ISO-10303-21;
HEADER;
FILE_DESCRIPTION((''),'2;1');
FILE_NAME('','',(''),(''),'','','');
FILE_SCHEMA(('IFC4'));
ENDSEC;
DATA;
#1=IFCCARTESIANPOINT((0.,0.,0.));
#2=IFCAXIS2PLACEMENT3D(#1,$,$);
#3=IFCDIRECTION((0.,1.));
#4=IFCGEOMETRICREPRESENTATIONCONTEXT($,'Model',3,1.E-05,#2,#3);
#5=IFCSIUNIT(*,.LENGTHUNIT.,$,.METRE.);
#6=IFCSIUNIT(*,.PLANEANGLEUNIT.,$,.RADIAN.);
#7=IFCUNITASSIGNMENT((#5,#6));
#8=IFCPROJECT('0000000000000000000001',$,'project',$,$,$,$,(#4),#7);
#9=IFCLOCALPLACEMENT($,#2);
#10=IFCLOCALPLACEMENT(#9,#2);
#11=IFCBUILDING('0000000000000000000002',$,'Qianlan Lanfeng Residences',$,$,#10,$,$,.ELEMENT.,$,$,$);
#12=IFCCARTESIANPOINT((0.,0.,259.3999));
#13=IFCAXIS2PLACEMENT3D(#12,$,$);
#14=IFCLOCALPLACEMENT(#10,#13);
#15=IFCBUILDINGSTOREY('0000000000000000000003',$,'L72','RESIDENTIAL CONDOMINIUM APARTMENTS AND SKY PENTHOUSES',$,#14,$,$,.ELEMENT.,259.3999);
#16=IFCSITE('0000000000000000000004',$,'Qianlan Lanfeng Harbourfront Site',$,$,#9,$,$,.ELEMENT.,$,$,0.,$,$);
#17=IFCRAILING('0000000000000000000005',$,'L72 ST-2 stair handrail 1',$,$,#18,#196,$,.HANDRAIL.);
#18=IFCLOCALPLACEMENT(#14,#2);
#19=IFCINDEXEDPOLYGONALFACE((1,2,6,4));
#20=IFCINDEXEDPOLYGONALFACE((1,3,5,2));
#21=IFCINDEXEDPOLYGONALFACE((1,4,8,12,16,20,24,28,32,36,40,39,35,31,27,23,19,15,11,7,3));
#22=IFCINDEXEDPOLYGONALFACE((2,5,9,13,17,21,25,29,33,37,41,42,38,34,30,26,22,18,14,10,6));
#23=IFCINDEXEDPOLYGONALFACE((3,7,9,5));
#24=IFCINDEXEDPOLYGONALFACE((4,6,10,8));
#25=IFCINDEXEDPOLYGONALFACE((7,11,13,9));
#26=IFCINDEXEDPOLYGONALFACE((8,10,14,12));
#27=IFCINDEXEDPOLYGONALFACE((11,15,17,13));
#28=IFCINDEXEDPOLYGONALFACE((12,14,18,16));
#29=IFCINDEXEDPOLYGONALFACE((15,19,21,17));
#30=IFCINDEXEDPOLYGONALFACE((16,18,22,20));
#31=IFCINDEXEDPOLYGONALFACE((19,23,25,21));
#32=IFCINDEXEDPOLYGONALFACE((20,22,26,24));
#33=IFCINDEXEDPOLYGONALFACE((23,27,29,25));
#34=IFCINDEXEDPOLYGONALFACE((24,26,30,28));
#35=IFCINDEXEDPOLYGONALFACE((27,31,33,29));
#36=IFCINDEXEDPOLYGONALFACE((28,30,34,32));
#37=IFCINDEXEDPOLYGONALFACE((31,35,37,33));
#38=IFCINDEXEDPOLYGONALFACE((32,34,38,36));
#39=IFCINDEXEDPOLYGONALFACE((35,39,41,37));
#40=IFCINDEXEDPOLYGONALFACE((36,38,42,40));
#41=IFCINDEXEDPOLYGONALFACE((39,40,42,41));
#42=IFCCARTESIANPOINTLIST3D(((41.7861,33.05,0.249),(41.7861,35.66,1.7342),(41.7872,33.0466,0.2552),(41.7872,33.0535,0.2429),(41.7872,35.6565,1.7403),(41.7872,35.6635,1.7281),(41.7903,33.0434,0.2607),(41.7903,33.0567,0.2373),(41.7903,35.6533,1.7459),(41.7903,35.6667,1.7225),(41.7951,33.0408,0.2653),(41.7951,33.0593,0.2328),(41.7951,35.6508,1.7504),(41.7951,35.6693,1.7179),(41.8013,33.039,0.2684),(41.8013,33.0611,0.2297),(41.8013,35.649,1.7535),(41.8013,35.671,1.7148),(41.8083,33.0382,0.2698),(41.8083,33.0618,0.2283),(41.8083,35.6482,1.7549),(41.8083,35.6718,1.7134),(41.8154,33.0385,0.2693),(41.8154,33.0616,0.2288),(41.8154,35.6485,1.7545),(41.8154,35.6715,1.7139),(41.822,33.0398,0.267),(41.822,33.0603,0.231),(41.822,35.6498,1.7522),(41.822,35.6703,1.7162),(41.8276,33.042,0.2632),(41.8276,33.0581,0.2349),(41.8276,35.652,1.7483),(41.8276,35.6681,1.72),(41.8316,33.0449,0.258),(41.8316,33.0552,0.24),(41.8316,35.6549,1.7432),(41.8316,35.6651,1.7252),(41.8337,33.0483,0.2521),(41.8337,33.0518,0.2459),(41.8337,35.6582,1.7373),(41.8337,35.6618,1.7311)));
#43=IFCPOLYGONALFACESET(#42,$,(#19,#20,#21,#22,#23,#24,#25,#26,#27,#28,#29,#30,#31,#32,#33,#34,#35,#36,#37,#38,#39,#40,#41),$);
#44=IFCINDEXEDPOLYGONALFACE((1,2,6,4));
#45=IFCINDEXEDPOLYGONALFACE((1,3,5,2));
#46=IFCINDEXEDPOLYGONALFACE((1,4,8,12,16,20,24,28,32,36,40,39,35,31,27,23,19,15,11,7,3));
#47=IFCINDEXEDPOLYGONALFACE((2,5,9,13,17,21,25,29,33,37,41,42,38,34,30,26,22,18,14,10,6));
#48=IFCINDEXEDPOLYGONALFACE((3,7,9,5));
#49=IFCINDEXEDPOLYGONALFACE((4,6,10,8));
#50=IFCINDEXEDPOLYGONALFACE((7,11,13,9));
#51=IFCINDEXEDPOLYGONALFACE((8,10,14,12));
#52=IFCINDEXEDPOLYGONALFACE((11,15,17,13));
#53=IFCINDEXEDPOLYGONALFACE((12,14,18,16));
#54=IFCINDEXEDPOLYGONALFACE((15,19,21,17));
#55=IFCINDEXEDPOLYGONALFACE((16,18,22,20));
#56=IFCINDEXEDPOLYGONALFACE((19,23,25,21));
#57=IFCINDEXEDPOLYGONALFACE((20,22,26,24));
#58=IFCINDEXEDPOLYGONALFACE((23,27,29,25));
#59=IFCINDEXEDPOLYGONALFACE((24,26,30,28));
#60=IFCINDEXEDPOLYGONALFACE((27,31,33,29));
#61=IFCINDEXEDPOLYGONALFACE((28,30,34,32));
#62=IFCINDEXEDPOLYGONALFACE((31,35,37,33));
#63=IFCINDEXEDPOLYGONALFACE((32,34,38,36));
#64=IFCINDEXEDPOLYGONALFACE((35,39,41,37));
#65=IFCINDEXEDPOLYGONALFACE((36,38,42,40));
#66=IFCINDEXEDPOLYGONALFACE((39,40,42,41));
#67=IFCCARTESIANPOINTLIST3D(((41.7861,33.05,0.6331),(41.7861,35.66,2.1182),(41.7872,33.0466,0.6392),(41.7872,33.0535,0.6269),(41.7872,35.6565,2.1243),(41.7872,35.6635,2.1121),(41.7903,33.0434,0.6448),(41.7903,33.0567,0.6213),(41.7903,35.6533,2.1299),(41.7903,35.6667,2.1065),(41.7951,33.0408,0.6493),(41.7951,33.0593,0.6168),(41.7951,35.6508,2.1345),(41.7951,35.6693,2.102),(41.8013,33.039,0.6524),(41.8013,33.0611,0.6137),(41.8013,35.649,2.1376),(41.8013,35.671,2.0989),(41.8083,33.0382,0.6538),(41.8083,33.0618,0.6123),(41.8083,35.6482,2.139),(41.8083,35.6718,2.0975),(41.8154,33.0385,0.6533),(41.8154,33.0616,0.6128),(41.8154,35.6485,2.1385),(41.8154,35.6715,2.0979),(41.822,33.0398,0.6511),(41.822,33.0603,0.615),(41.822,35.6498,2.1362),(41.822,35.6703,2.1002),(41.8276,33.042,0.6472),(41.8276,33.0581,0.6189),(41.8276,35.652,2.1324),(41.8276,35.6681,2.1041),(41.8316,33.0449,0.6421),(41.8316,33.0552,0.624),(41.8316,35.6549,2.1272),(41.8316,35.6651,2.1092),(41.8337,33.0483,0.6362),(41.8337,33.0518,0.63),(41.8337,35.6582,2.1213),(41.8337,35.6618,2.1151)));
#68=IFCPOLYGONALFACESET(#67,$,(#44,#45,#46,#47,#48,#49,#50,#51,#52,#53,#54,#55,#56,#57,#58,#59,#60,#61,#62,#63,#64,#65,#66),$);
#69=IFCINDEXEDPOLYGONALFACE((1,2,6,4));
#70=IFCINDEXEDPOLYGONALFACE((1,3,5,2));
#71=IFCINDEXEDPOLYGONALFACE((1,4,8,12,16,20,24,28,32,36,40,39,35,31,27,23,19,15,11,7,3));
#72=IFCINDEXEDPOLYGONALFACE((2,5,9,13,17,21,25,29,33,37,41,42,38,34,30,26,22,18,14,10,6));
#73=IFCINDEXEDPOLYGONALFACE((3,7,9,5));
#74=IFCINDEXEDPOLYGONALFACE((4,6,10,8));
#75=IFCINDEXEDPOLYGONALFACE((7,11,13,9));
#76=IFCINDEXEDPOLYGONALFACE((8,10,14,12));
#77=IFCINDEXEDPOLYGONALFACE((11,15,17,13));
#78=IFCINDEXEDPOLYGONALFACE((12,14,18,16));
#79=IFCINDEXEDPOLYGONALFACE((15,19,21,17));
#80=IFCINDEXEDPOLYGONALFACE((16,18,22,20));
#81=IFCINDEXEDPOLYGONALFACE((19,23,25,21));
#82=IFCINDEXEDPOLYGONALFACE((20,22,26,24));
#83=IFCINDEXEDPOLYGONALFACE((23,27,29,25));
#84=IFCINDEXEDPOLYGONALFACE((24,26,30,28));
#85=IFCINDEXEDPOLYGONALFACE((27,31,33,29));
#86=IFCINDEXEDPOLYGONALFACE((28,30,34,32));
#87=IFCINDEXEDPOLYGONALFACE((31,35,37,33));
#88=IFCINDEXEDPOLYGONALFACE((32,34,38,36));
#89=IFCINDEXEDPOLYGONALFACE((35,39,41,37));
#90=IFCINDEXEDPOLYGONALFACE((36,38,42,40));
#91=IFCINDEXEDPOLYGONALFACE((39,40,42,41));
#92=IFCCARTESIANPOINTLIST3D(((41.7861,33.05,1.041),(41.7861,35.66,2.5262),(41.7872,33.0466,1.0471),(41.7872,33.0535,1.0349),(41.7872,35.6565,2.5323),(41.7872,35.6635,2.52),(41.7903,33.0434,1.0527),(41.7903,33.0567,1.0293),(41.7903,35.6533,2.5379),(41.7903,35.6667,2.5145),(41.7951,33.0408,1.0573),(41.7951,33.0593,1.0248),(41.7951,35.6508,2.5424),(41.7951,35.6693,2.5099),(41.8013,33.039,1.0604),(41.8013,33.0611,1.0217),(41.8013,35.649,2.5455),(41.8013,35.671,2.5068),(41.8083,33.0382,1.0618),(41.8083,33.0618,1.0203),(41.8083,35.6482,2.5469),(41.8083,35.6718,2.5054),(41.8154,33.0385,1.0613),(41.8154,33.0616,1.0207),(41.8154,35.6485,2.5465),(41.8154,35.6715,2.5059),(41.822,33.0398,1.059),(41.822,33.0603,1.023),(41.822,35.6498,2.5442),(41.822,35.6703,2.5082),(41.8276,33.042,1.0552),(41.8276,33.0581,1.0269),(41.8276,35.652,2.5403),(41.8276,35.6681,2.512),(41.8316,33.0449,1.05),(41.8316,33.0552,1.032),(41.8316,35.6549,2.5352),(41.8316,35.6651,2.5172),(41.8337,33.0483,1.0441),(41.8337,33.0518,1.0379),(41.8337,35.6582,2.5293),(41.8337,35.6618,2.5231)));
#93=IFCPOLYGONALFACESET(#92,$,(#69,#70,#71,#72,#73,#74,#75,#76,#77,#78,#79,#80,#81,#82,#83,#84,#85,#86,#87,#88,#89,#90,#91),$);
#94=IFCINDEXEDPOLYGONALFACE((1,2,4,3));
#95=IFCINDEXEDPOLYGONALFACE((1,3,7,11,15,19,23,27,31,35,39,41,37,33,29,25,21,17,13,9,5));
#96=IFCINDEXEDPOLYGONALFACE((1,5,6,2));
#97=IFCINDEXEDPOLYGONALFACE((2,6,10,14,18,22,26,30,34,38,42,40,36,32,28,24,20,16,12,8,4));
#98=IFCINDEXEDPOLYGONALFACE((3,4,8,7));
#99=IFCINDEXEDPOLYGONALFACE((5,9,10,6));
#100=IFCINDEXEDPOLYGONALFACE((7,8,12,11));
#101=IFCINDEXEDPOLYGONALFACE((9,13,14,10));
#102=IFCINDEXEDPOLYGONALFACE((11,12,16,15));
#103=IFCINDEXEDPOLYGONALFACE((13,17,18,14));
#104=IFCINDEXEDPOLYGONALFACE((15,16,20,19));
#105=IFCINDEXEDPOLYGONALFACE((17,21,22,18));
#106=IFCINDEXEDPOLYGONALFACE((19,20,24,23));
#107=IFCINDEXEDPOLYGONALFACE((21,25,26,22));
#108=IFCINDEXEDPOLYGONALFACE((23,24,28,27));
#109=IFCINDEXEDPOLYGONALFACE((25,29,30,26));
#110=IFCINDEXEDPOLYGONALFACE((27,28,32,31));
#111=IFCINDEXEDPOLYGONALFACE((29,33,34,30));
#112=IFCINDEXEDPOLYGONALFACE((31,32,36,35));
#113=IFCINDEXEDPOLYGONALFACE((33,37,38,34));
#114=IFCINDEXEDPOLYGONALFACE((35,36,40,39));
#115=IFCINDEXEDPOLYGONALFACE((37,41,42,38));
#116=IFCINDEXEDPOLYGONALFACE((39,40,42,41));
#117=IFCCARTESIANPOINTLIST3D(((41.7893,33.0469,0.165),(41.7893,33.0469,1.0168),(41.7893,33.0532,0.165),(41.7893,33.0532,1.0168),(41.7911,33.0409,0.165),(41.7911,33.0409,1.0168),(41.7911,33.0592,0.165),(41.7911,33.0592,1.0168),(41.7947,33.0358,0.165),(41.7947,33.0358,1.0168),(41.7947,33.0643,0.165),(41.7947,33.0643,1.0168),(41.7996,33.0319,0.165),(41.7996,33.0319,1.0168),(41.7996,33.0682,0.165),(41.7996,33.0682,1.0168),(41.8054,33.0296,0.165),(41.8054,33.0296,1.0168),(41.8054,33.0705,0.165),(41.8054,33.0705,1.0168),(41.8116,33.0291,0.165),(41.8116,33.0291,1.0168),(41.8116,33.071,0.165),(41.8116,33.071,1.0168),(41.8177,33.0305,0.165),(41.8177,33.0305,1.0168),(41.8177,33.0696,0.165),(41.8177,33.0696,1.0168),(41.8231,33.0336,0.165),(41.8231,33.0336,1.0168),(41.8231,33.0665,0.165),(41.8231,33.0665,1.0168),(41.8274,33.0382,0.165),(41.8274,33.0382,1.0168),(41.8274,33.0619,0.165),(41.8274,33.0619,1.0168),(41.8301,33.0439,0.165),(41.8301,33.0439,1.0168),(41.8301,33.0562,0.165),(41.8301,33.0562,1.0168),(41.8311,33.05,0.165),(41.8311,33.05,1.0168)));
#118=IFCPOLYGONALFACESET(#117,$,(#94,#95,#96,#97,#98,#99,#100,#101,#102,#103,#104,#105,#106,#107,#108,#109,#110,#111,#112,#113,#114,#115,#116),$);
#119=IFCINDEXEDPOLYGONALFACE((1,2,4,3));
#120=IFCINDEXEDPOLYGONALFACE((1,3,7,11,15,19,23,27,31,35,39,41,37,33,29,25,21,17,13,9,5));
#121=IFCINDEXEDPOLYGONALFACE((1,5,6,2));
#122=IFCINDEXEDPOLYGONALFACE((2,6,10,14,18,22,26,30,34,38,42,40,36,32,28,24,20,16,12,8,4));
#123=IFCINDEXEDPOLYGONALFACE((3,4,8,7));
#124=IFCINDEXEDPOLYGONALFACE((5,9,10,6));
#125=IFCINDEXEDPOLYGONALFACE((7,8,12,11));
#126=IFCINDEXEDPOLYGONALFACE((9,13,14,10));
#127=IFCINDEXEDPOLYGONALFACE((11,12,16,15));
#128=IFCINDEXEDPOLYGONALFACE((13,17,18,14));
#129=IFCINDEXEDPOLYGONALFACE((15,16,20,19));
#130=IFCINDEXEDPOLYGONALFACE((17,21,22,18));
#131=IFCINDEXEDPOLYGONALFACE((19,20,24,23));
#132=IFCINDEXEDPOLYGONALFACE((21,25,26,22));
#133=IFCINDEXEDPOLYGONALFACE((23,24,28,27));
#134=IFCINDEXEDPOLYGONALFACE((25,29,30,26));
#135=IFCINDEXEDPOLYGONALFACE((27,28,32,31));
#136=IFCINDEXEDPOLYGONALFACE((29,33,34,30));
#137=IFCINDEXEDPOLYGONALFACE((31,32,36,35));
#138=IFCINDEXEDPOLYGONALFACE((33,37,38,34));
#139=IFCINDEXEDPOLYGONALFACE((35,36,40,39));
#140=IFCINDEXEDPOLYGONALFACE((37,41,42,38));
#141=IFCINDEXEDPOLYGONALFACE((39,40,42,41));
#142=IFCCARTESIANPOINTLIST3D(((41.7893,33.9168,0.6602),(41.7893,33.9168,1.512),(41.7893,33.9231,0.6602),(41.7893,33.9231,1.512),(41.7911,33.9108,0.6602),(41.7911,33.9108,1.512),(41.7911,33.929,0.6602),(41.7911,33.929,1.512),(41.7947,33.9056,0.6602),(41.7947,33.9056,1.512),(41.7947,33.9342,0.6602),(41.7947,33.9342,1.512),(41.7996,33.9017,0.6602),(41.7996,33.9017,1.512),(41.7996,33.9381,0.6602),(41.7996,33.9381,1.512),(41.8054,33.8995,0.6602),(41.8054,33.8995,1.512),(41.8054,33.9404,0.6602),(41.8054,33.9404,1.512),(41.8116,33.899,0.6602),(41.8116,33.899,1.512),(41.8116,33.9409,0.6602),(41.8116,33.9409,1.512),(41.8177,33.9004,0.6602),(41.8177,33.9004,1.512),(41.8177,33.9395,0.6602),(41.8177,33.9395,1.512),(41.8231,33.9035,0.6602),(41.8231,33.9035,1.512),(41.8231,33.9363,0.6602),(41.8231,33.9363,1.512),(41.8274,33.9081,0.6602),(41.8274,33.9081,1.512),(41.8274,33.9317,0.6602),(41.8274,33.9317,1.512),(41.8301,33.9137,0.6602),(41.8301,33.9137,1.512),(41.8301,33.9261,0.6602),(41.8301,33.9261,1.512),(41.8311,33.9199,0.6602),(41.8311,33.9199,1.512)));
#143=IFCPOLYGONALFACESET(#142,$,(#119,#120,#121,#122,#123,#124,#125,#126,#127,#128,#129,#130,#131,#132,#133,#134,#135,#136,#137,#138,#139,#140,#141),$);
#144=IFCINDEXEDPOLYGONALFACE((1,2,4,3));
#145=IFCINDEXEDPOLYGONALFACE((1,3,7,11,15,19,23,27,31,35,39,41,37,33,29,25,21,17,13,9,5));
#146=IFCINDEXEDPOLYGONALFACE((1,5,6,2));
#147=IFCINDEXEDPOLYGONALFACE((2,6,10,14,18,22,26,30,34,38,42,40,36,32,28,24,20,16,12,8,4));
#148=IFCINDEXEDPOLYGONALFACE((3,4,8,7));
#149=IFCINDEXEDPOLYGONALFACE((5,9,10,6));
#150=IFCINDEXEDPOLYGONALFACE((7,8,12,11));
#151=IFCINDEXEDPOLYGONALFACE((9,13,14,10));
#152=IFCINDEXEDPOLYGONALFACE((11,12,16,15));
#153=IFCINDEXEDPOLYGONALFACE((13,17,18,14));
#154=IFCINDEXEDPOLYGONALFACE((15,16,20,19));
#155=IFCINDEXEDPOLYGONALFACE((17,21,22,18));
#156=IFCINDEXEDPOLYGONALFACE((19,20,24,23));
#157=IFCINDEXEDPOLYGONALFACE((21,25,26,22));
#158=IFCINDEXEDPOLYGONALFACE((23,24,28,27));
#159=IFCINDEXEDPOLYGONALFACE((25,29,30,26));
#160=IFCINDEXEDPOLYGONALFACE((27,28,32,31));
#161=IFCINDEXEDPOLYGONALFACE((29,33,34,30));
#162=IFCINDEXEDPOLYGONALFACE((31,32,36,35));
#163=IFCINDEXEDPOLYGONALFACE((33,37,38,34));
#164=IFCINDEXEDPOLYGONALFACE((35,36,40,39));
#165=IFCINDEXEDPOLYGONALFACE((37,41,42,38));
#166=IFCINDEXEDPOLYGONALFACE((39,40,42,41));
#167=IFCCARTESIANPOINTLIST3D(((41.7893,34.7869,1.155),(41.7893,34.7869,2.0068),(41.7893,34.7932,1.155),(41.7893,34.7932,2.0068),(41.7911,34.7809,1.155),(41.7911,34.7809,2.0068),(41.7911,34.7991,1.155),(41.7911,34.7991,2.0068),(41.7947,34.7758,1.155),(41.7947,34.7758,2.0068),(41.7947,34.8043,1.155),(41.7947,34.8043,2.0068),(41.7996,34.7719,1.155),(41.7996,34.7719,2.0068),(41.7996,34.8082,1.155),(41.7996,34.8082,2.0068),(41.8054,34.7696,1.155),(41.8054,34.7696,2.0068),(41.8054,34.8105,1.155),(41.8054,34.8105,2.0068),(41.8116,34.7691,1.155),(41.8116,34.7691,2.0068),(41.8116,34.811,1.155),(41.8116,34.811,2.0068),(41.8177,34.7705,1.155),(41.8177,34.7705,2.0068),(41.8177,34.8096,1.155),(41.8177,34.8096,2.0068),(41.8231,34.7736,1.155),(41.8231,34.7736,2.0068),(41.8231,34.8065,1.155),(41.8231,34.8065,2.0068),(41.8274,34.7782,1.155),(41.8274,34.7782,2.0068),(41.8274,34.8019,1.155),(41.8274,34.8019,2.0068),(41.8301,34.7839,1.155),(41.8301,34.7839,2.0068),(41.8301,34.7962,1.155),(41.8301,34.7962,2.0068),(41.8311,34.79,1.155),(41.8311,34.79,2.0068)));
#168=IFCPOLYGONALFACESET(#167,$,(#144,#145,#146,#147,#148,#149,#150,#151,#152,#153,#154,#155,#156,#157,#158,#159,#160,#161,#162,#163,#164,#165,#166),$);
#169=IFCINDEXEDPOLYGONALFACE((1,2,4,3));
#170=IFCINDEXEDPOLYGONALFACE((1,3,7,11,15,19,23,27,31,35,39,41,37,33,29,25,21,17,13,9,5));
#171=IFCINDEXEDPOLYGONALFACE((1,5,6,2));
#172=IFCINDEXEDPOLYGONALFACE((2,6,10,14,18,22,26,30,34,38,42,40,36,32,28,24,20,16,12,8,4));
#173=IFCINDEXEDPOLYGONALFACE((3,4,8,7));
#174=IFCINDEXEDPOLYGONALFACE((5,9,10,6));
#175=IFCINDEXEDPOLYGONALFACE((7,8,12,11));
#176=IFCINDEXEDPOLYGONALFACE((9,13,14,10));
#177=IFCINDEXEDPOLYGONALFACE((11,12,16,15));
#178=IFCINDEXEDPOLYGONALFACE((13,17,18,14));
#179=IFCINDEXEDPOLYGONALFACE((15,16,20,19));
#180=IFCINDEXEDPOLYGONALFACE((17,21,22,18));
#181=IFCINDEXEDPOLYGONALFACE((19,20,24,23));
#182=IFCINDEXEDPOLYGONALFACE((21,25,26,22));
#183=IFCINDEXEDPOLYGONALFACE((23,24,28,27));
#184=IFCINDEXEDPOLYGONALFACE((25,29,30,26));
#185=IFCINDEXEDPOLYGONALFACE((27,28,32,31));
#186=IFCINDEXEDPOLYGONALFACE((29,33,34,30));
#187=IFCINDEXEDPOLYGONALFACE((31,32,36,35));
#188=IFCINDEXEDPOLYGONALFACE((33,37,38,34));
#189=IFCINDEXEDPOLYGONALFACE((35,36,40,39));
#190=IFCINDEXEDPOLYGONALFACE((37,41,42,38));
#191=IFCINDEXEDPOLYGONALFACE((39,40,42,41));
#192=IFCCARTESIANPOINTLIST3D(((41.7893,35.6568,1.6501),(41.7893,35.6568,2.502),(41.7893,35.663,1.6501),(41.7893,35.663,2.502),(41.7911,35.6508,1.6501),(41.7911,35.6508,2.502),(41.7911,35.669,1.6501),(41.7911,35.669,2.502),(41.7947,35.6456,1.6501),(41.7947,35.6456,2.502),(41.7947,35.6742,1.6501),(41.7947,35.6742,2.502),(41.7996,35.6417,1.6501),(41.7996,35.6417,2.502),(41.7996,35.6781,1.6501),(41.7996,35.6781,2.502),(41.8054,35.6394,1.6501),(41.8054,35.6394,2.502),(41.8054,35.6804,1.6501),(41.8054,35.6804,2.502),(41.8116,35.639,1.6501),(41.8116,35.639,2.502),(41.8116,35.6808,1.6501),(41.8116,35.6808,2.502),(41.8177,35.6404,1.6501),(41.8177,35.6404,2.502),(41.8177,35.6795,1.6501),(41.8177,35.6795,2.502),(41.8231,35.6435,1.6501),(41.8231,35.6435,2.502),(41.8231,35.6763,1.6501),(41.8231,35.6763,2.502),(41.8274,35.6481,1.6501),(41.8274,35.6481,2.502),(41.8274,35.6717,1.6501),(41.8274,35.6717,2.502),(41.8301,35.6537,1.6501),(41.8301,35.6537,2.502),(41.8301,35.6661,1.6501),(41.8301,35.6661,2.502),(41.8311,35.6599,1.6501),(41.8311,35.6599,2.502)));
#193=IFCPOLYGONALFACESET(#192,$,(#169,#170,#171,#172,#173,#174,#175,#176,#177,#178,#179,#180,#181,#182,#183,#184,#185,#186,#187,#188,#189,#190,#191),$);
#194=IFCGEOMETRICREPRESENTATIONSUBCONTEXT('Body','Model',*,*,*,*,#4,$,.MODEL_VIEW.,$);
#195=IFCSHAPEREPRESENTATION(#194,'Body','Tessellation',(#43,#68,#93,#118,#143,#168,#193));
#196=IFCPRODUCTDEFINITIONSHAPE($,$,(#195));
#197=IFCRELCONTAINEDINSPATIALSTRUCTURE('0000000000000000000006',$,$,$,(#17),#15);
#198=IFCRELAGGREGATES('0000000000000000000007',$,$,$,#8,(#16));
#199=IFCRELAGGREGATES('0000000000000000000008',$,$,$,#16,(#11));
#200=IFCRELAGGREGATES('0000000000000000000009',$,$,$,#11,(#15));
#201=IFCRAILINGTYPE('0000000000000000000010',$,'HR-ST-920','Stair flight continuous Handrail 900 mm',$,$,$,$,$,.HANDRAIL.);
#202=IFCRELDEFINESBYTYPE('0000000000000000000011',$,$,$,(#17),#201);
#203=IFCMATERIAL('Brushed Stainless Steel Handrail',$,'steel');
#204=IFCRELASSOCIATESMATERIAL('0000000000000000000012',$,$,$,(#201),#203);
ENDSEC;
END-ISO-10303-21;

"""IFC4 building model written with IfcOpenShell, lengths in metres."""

from ifc_helpers import new_model, si_unit, direction, frame, origin, origin_2d, place, context, subcontext, project, spatial, circle, extrude, material, type_object, element, save


model = new_model("IFC4")

# Units and contexts
model_context = context("Model", 3, precision=1e-05, world=origin(), true_north=direction((0.0, 1.0)))
body_context = subcontext(model_context, "Body", "Model", "MODEL_VIEW")
ifc_project = project(units=[si_unit("LENGTHUNIT", "METRE"), si_unit("PLANEANGLEUNIT", "RADIAN")], contexts=[model_context])

# Site, building, storey
site_placement = place(None, origin())
site = spatial("IfcSite", under=ifc_project, at=site_placement, Name="Qianlan Lanfeng Harbourfront Site", CompositionType="ELEMENT", RefElevation=0.0)
building_placement = place(site_placement, origin())
building = spatial("IfcBuilding", under=site, at=building_placement, Name="Qianlan Lanfeng Residences", CompositionType="ELEMENT")
storey_placement = place(building_placement, frame((0.0, 0.0, 259.3999)))
storey = spatial("IfcBuildingStorey", under=building, at=storey_placement, Name="L72", Description="RESIDENTIAL CONDOMINIUM APARTMENTS AND SKY PENTHOUSES", CompositionType="ELEMENT", Elevation=259.3999)

# Railing
ifc_material_1 = material(Name="Brushed Stainless Steel Handrail", Category="steel")
railing_type_1 = type_object("IfcRailingType", Name="HR-ST-920", Description="Stair flight continuous Handrail 900 mm", PredefinedType="HANDRAIL", material=ifc_material_1)
railing_1_placement = place(storey_placement, frame((41.8101, 33.05, 0.165)))
element("IfcRailing", 1, at=railing_1_placement, inside=storey, type_object=railing_type_1, Name="L72 ST-2 stair handrail 1", PredefinedType="HANDRAIL", context=body_context, shape_type="SweptSolid", body=[
    extrude(circle(Radius=0.0239, at=origin_2d()), frame((0.0, 0.0, 0.084), z_axis=(0.0, 0.869137, 0.494571), x_axis=(-1.0, 0.0, 0.0)), (0.0, 0.0, 1.0), 3.0029),
    extrude(circle(Radius=0.0239, at=origin_2d()), frame((0.0, 0.0, 0.468), z_axis=(0.0, 0.869137, 0.494571), x_axis=(-1.0, 0.0, 0.0)), (0.0, 0.0, 1.0), 3.0029),
    extrude(circle(Radius=0.0239, at=origin_2d()), frame((0.0, 0.0, 0.876), z_axis=(0.0, 0.869137, 0.494571), x_axis=(-1.0, 0.0, 0.0)), (0.0, 0.0, 1.0), 3.0029),
    extrude(circle(Radius=0.021, at=origin_2d()), origin(), (0.0, 0.0, 1.0), 0.8518),
    extrude(circle(Radius=0.021, at=origin_2d()), frame((0.0, 0.8699, 0.4951)), (0.0, 0.0, 1.0), 0.8518),
    extrude(circle(Radius=0.021, at=origin_2d()), frame((0.0, 1.74, 0.99)), (0.0, 0.0, 1.0), 0.8518),
    extrude(circle(Radius=0.021, at=origin_2d()), frame((0.0, 2.6099, 1.4851)), (0.0, 0.0, 1.0), 0.8518),
])

save(model, "model.ifc")
